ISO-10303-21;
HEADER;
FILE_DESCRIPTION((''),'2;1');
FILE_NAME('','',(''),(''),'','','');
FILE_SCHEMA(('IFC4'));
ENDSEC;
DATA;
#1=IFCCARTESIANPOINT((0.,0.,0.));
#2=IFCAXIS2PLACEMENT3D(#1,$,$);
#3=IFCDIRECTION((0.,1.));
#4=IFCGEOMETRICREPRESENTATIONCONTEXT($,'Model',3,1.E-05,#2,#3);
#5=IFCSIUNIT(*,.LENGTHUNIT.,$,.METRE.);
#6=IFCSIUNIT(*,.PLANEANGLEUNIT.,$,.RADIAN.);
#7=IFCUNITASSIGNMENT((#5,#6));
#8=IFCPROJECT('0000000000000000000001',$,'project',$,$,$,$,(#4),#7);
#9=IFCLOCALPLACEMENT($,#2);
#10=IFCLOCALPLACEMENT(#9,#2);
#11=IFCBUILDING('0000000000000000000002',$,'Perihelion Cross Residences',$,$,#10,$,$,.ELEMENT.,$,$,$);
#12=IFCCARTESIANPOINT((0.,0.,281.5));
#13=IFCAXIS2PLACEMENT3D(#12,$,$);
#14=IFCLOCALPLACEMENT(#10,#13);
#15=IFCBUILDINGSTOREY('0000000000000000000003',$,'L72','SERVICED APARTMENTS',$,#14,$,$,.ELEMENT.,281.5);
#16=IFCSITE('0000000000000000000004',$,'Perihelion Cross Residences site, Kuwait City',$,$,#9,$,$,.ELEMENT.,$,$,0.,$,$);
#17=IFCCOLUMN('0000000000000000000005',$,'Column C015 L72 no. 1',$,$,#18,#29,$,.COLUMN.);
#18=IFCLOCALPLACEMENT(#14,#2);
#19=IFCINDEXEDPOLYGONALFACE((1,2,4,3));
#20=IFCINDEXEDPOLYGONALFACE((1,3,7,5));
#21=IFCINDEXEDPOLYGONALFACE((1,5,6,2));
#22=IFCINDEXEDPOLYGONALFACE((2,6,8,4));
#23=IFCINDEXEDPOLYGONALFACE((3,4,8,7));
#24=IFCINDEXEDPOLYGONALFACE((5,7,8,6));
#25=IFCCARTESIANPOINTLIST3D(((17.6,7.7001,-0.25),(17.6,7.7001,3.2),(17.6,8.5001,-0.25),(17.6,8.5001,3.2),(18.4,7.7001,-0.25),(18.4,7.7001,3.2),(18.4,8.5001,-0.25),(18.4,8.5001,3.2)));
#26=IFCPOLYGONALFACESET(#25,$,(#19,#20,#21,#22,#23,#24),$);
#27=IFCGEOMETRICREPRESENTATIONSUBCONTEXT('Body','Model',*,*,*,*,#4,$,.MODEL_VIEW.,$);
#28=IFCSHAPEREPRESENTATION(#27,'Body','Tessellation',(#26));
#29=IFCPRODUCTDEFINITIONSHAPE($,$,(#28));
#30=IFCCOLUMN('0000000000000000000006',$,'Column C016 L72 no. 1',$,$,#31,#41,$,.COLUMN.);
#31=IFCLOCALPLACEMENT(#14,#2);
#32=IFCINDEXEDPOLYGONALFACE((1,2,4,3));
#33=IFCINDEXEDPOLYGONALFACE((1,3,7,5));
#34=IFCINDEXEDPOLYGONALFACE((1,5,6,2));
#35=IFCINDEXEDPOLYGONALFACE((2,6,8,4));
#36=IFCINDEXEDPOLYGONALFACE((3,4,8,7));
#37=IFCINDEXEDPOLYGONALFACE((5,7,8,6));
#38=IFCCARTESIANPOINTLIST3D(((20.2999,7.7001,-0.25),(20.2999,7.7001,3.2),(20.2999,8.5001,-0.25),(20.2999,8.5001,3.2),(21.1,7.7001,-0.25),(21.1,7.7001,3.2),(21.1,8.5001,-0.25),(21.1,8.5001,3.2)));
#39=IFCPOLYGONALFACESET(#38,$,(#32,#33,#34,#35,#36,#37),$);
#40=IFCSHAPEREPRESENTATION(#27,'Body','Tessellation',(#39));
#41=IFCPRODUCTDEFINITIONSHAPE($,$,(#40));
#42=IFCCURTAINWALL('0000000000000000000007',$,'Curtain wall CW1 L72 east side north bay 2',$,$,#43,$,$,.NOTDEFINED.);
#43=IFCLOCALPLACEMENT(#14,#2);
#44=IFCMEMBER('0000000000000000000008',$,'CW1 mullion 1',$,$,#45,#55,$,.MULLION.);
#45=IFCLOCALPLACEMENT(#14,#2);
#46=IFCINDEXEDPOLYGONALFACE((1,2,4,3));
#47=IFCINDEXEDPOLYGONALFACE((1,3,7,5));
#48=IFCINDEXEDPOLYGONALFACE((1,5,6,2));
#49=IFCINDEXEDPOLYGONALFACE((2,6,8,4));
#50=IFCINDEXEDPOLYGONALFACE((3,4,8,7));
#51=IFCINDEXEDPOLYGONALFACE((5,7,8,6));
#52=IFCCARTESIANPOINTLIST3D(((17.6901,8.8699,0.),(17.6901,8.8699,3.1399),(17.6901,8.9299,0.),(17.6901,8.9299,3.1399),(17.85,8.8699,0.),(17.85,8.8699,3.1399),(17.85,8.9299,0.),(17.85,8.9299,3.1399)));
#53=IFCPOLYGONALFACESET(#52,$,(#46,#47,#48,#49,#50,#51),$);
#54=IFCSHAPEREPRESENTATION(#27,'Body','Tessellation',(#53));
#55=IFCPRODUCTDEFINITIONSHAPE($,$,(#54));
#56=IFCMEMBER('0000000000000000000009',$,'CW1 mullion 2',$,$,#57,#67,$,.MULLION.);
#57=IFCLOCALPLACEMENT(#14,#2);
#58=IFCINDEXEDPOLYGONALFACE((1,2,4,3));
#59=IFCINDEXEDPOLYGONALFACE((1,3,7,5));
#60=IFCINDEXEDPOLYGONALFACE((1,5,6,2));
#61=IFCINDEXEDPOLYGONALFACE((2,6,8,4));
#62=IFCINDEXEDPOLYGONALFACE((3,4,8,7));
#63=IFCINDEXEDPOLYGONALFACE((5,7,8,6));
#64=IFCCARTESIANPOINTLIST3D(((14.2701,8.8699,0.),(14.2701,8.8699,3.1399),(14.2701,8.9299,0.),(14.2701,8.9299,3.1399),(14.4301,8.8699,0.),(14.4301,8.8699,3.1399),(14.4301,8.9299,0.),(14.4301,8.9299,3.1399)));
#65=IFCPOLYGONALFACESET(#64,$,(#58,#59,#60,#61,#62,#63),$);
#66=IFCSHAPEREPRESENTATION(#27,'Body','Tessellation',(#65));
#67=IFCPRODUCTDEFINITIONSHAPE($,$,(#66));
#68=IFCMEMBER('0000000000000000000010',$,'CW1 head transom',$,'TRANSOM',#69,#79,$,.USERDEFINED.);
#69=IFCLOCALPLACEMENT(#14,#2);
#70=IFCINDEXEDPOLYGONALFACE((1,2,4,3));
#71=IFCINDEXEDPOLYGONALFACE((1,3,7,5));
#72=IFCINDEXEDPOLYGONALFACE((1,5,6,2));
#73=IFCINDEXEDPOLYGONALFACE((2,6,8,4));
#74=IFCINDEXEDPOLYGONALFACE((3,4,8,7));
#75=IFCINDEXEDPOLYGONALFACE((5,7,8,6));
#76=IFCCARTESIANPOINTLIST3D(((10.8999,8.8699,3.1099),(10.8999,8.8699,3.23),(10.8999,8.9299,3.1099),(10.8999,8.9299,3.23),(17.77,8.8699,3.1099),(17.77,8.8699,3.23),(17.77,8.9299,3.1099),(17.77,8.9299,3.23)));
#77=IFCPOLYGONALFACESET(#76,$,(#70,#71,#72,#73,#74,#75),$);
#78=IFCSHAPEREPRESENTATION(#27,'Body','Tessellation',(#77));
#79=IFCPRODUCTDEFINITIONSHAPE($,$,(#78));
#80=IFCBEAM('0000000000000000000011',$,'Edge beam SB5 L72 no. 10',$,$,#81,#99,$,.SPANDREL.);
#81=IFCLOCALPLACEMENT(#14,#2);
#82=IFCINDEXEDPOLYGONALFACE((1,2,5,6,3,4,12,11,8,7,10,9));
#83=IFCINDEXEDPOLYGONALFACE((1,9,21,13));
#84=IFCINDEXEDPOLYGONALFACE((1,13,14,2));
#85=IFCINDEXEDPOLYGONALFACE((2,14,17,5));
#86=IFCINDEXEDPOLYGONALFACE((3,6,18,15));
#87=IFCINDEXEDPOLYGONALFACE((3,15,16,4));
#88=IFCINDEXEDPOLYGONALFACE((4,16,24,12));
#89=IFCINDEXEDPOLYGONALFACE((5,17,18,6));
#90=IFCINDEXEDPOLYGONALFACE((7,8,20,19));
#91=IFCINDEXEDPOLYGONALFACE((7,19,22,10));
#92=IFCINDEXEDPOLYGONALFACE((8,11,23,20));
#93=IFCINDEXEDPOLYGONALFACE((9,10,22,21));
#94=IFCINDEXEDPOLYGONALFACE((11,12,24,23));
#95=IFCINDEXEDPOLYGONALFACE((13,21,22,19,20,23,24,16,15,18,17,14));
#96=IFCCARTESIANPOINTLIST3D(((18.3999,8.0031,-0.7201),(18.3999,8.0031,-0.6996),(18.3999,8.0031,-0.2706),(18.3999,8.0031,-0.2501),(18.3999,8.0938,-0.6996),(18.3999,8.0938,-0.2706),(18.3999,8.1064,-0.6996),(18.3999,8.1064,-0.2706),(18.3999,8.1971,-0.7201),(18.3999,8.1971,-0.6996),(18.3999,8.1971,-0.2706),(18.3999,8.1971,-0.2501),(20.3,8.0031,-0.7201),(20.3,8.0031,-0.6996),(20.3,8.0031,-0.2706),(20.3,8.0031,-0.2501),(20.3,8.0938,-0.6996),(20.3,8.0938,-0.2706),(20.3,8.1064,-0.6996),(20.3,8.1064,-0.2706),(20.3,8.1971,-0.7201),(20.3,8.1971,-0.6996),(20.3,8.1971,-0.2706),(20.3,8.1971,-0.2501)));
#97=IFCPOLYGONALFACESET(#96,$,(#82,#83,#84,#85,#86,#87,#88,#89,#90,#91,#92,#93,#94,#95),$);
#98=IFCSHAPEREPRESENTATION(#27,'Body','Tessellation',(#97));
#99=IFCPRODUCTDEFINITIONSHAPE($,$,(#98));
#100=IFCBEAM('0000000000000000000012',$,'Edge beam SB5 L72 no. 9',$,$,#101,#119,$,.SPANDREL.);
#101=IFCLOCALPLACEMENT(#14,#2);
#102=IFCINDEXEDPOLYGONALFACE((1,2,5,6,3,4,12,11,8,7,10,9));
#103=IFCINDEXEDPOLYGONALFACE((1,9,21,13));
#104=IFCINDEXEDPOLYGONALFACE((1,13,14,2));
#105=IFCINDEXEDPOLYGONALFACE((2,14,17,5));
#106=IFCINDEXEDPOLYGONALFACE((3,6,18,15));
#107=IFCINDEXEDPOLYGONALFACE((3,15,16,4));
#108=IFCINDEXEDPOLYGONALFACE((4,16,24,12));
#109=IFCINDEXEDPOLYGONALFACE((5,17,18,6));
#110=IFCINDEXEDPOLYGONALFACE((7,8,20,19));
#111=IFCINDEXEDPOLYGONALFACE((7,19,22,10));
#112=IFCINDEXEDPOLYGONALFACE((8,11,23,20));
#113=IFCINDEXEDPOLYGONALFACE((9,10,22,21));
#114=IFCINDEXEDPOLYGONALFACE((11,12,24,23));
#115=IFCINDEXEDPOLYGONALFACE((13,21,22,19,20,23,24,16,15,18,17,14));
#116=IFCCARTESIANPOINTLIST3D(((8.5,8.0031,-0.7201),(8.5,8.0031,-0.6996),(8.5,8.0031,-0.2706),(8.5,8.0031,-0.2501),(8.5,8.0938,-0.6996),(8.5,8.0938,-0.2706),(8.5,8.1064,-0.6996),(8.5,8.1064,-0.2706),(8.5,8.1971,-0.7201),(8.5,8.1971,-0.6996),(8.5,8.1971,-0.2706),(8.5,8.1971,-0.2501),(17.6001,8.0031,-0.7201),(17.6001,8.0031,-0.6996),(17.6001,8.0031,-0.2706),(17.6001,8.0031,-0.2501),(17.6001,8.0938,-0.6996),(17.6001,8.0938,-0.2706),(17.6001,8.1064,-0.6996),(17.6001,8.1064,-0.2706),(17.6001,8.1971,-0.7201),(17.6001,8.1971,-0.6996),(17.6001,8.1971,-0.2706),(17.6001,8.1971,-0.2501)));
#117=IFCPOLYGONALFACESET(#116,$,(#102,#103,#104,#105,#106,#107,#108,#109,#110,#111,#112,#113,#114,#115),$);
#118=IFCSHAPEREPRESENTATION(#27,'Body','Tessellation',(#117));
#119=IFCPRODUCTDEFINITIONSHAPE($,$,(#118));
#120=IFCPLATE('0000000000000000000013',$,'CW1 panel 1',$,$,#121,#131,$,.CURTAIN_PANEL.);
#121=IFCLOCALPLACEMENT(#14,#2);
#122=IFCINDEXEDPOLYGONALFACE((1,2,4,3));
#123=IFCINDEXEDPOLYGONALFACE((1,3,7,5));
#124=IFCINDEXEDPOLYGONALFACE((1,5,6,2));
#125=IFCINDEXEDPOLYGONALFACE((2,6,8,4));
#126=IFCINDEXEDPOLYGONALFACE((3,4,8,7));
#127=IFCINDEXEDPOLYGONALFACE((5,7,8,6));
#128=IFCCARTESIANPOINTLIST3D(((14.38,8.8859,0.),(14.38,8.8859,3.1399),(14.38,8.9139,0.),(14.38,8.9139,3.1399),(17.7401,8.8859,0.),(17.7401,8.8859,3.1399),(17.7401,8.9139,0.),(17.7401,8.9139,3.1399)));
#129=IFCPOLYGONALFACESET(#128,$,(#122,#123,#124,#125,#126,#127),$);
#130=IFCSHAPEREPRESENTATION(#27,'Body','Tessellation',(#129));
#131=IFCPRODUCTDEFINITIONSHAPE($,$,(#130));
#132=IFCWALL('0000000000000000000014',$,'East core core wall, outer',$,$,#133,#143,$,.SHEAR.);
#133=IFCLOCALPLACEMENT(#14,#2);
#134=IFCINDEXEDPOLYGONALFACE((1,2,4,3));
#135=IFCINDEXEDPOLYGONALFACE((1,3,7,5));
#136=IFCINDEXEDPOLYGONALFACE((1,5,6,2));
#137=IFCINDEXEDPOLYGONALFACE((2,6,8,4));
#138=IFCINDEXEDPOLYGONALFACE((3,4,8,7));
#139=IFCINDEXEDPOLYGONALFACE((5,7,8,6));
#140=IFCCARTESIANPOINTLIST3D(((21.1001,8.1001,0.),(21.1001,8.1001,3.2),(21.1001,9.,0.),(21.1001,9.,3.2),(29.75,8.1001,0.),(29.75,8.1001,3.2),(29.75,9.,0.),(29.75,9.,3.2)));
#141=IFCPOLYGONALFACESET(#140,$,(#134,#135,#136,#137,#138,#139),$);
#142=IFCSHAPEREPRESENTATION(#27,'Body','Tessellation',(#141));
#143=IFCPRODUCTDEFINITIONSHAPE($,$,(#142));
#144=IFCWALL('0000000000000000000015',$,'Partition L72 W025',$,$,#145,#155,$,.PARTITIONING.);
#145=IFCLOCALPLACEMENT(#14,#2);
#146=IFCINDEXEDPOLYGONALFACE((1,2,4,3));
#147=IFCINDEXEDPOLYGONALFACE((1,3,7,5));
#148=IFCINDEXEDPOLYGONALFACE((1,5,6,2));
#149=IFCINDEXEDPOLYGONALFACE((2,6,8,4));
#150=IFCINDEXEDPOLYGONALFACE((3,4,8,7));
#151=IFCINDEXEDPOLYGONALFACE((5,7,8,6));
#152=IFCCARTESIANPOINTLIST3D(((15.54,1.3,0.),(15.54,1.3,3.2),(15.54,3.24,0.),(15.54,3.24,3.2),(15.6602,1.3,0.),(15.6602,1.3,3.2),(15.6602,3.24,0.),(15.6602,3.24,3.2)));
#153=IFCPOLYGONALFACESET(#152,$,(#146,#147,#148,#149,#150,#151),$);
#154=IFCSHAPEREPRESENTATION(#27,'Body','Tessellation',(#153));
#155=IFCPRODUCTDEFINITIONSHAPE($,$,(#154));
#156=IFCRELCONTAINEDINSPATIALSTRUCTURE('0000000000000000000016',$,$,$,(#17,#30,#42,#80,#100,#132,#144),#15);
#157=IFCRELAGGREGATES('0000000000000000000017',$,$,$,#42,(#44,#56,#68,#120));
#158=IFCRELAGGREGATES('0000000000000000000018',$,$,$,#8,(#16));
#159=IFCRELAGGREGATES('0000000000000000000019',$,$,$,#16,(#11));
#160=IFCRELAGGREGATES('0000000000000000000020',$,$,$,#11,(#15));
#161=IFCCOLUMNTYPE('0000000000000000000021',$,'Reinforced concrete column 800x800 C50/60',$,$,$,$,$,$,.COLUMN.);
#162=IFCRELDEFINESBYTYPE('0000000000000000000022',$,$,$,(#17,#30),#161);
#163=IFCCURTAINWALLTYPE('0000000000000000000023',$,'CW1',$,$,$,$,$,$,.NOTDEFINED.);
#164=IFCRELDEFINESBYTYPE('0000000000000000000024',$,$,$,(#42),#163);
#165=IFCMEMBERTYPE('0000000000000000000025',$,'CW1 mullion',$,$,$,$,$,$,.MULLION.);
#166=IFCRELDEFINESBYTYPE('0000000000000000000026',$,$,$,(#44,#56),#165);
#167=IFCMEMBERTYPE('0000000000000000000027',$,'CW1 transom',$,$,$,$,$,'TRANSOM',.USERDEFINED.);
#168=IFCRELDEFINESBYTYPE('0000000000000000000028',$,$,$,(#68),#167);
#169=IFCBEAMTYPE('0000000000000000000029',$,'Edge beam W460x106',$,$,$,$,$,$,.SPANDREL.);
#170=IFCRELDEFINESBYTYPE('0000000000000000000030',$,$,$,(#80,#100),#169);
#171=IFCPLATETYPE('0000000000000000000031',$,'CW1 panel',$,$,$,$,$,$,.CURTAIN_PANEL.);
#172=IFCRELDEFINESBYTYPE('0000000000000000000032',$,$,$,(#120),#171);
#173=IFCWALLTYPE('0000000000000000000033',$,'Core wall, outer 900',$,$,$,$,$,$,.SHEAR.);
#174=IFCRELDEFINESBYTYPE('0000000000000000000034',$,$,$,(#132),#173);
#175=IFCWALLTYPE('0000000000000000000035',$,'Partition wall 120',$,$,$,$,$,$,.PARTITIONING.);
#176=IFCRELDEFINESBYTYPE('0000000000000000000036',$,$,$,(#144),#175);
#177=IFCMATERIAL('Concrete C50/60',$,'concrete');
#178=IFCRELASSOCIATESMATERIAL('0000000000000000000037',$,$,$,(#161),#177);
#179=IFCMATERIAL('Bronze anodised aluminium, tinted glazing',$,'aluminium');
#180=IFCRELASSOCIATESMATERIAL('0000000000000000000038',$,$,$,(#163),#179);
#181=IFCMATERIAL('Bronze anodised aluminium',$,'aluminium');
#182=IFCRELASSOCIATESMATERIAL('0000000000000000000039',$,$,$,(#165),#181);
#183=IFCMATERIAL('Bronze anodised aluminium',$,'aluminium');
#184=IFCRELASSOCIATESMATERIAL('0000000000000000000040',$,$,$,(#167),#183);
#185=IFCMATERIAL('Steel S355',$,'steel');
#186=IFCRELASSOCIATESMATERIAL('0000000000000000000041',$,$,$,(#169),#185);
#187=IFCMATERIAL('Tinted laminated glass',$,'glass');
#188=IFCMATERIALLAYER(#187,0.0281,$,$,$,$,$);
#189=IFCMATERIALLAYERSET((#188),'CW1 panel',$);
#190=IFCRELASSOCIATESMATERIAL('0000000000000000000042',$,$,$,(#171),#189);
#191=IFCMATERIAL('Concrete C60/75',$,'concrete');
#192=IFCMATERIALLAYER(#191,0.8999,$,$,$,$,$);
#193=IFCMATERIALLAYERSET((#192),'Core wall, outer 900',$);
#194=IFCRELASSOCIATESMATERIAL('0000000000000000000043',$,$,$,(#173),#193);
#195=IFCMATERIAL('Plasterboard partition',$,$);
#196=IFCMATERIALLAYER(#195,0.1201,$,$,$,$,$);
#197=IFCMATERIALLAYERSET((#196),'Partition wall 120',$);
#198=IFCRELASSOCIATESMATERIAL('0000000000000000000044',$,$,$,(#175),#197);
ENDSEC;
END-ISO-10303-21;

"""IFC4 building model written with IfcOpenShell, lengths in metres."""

from ifc_helpers import new_model, si_unit, direction, frame, frame_2d, origin, origin_2d, place, context, subcontext, project, spatial, rectangle, i_section, extrude, material, layer, layer_set, material_profile, profile_set, type_object, element, aggregate, save


model = new_model("IFC4")

# Units and contexts
model_context = context("Model", 3, precision=1e-05, world=origin(), true_north=direction((0.0, 1.0)))
body_context = subcontext(model_context, "Body", "Model", "MODEL_VIEW")
ifc_project = project(units=[si_unit("LENGTHUNIT", "METRE"), si_unit("PLANEANGLEUNIT", "RADIAN")], contexts=[model_context])

# Site, building, storey
site_placement = place(None, origin())
site = spatial("IfcSite", under=ifc_project, at=site_placement, Name="Perihelion Cross Residences site, Kuwait City", CompositionType="ELEMENT", RefElevation=0.0)
building_placement = place(site_placement, origin())
building = spatial("IfcBuilding", under=site, at=building_placement, Name="Perihelion Cross Residences", CompositionType="ELEMENT")
storey_placement = place(building_placement, frame((0.0, 0.0, 281.5)))
storey = spatial("IfcBuildingStorey", under=building, at=storey_placement, Name="L72", Description="SERVICED APARTMENTS", CompositionType="ELEMENT", Elevation=281.5)

# Columns
ifc_material_1 = material(Name="Concrete C50/60", Category="concrete")
ifc_material_profile_1 = material_profile(ifc_material_1, rectangle(XDim=0.8, YDim=0.8, at=origin_2d()), Name="RC 800x800")
ifc_profile_set_1 = profile_set([ifc_material_profile_1], Name="Concrete C50/60")
column_type = type_object("IfcColumnType", Name="Reinforced concrete column 800x800 C50/60", PredefinedType="COLUMN", material=ifc_profile_set_1)
for number, where, z_axis, x_axis, name in (
    (1, (18.0, 8.1001, -0.25), (0.0, 0.0, 1.0), (1.0, 0.0, 0.0), "Column C015 L72 no. 1"),
    (2, (20.7, 8.1001, -0.25), (0.0, 0.0, 1.0), (1.0, 0.0, 0.0), "Column C016 L72 no. 1"),
):
    element("IfcColumn", number, at=place(storey_placement, frame(where, z_axis=z_axis, x_axis=x_axis)), inside=storey, type_object=column_type, Name=name, PredefinedType="COLUMN", context=body_context, shape_type="SweptSolid", body=[
        extrude(rectangle(XDim=0.8, YDim=0.8, at=origin_2d()), origin(), (0.0, 0.0, 1.0), 3.45),
    ])

# Curtain wall, members
ifc_material_2 = material(Name="Bronze anodised aluminium, tinted glazing", Category="aluminium")
curtain_wall_type = type_object("IfcCurtainWallType", Name="CW1", PredefinedType="NOTDEFINED", material=ifc_material_2)
curtain_wall_placement = place(storey_placement, origin())
curtain_wall = element("IfcCurtainWall", 3, at=curtain_wall_placement, inside=storey, type_object=curtain_wall_type, Name="Curtain wall CW1 L72 east side north bay 2", PredefinedType="NOTDEFINED")
ifc_material_3 = material(Name="Bronze anodised aluminium", Category="aluminium")
ifc_material_profile_2 = material_profile(ifc_material_3, rectangle(XDim=0.0601, YDim=0.1599, at=origin_2d()), Name="CW1 mullion")
ifc_profile_set_2 = profile_set([ifc_material_profile_2], Name="Bronze anodised aluminium")
member_type_1 = type_object("IfcMemberType", Name="CW1 mullion", PredefinedType="MULLION", material=ifc_profile_set_2)
member_1_placement = place(storey_placement, frame((17.77, 8.8999, 0.0), z_axis=(0.0, 0.0, 1.0), x_axis=(0.0, -1.0, 0.0)))
member_1 = element("IfcMember", 4, at=member_1_placement, type_object=member_type_1, Name="CW1 mullion 1", PredefinedType="MULLION", context=body_context, shape_type="SweptSolid", body=[
    extrude(rectangle(XDim=0.0601, YDim=0.1599, at=origin_2d()), origin(), (0.0, 0.0, 1.0), 3.1399),
])
member_2_placement = place(storey_placement, frame((14.3501, 8.8999, 0.0), z_axis=(0.0, 0.0, 1.0), x_axis=(0.0, -1.0, 0.0)))
member_2 = element("IfcMember", 5, at=member_2_placement, type_object=member_type_1, Name="CW1 mullion 2", PredefinedType="MULLION", context=body_context, shape_type="SweptSolid", body=[
    extrude(rectangle(XDim=0.0601, YDim=0.1599, at=origin_2d()), origin(), (0.0, 0.0, 1.0), 3.1399),
])
ifc_material_4 = material(Name="Bronze anodised aluminium", Category="aluminium")
ifc_material_profile_3 = material_profile(ifc_material_4, rectangle(XDim=0.0601, YDim=0.1201, at=origin_2d()), Name="CW1 transom")
ifc_profile_set_3 = profile_set([ifc_material_profile_3], Name="Bronze anodised aluminium")
member_type_2 = type_object("IfcMemberType", Name="CW1 transom", ElementType="TRANSOM", PredefinedType="USERDEFINED", material=ifc_profile_set_3)
member_3_placement = place(storey_placement, frame((17.77, 8.8999, 3.1699), z_axis=(-1.0, 0.0, 0.0), x_axis=(0.0, -1.0, 0.0)))
member_3 = element("IfcMember", 6, at=member_3_placement, type_object=member_type_2, Name="CW1 head transom", ObjectType="TRANSOM", PredefinedType="USERDEFINED", context=body_context, shape_type="SweptSolid", body=[
    extrude(rectangle(XDim=0.0601, YDim=0.1201, at=origin_2d()), origin(), (0.0, 0.0, 1.0), 6.8701),
])

# Beams
ifc_material_5 = material(Name="Steel S355", Category="steel")
ifc_material_profile_4 = material_profile(ifc_material_5, i_section(OverallWidth=0.1941, OverallDepth=0.47, WebThickness=0.0127, FlangeThickness=0.0205, at=origin_2d()), Name="W460x106")
ifc_profile_set_4 = profile_set([ifc_material_profile_4], Name="Steel S355")
beam_type = type_object("IfcBeamType", Name="Edge beam W460x106", PredefinedType="SPANDREL", material=ifc_profile_set_4)
beam_1_placement = place(storey_placement, frame((20.3, 8.1001, -0.4851), z_axis=(-1.0, 0.0, 0.0), x_axis=(0.0, -1.0, 0.0)))
element("IfcBeam", 7, at=beam_1_placement, inside=storey, type_object=beam_type, Name="Edge beam SB5 L72 no. 10", PredefinedType="SPANDREL", context=body_context, shape_type="SweptSolid", body=[
    extrude(i_section(OverallWidth=0.1941, OverallDepth=0.47, WebThickness=0.0127, FlangeThickness=0.0205, at=origin_2d()), origin(), (0.0, 0.0, 1.0), 1.9001),
])
beam_2_placement = place(storey_placement, frame((17.6001, 8.1001, -0.4851), z_axis=(-1.0, 0.0, 0.0), x_axis=(0.0, -1.0, 0.0)))
element("IfcBeam", 8, at=beam_2_placement, inside=storey, type_object=beam_type, Name="Edge beam SB5 L72 no. 9", PredefinedType="SPANDREL", context=body_context, shape_type="SweptSolid", body=[
    extrude(i_section(OverallWidth=0.1941, OverallDepth=0.47, WebThickness=0.0127, FlangeThickness=0.0205, at=origin_2d()), origin(), (0.0, 0.0, 1.0), 9.1001),
])

# Plate
ifc_material_6 = material(Name="Tinted laminated glass", Category="glass")
ifc_layer_1 = layer(ifc_material_6, 0.0281)
ifc_layer_set_1 = layer_set([ifc_layer_1], Name="CW1 panel")
plate_type = type_object("IfcPlateType", Name="CW1 panel", PredefinedType="CURTAIN_PANEL", material=ifc_layer_set_1)
plate_placement = place(storey_placement, frame((16.0601, 8.8999, 0.0), z_axis=(0.0, 0.0, 1.0), x_axis=(-1.0, 0.0, 0.0)))
plate = element("IfcPlate", 9, at=plate_placement, type_object=plate_type, Name="CW1 panel 1", PredefinedType="CURTAIN_PANEL", context=body_context, shape_type="SweptSolid", body=[
    extrude(rectangle(XDim=3.3601, YDim=0.0281, at=origin_2d()), origin(), (0.0, 0.0, 1.0), 3.1399),
])
aggregate(curtain_wall, [member_1, member_2, member_3, plate])

# Walls
ifc_material_7 = material(Name="Concrete C60/75", Category="concrete")
ifc_layer_2 = layer(ifc_material_7, 0.8999)
ifc_layer_set_2 = layer_set([ifc_layer_2], Name="Core wall, outer 900")
wall_type_1 = type_object("IfcWallType", Name="Core wall, outer 900", PredefinedType="SHEAR", material=ifc_layer_set_2)
wall_1_placement = place(storey_placement, frame((21.1001, 8.55, 0.0), z_axis=(0.0, 0.0, 1.0), x_axis=(1.0, 0.0, 0.0)))
element("IfcWall", 10, at=wall_1_placement, inside=storey, type_object=wall_type_1, Name="East core core wall, outer", PredefinedType="SHEAR", context=body_context, shape_type="SweptSolid", body=[
    extrude(rectangle(XDim=8.6499, YDim=0.8999, at=frame_2d((4.325, 0.0))), origin(), (0.0, 0.0, 1.0), 3.2),
])
ifc_material_8 = material(Name="Plasterboard partition")
ifc_layer_3 = layer(ifc_material_8, 0.1201)
ifc_layer_set_3 = layer_set([ifc_layer_3], Name="Partition wall 120")
wall_type_2 = type_object("IfcWallType", Name="Partition wall 120", PredefinedType="PARTITIONING", material=ifc_layer_set_3)
wall_2_placement = place(storey_placement, frame((15.6001, 3.24, 0.0), z_axis=(0.0, 0.0, 1.0), x_axis=(0.0, -1.0, 0.0)))
element("IfcWall", 11, at=wall_2_placement, inside=storey, type_object=wall_type_2, Name="Partition L72 W025", PredefinedType="PARTITIONING", context=body_context, shape_type="SweptSolid", body=[
    extrude(rectangle(XDim=1.9399, YDim=0.1201, at=frame_2d((0.97, 0.0))), origin(), (0.0, 0.0, 1.0), 3.2),
])

save(model, "model.ifc")
